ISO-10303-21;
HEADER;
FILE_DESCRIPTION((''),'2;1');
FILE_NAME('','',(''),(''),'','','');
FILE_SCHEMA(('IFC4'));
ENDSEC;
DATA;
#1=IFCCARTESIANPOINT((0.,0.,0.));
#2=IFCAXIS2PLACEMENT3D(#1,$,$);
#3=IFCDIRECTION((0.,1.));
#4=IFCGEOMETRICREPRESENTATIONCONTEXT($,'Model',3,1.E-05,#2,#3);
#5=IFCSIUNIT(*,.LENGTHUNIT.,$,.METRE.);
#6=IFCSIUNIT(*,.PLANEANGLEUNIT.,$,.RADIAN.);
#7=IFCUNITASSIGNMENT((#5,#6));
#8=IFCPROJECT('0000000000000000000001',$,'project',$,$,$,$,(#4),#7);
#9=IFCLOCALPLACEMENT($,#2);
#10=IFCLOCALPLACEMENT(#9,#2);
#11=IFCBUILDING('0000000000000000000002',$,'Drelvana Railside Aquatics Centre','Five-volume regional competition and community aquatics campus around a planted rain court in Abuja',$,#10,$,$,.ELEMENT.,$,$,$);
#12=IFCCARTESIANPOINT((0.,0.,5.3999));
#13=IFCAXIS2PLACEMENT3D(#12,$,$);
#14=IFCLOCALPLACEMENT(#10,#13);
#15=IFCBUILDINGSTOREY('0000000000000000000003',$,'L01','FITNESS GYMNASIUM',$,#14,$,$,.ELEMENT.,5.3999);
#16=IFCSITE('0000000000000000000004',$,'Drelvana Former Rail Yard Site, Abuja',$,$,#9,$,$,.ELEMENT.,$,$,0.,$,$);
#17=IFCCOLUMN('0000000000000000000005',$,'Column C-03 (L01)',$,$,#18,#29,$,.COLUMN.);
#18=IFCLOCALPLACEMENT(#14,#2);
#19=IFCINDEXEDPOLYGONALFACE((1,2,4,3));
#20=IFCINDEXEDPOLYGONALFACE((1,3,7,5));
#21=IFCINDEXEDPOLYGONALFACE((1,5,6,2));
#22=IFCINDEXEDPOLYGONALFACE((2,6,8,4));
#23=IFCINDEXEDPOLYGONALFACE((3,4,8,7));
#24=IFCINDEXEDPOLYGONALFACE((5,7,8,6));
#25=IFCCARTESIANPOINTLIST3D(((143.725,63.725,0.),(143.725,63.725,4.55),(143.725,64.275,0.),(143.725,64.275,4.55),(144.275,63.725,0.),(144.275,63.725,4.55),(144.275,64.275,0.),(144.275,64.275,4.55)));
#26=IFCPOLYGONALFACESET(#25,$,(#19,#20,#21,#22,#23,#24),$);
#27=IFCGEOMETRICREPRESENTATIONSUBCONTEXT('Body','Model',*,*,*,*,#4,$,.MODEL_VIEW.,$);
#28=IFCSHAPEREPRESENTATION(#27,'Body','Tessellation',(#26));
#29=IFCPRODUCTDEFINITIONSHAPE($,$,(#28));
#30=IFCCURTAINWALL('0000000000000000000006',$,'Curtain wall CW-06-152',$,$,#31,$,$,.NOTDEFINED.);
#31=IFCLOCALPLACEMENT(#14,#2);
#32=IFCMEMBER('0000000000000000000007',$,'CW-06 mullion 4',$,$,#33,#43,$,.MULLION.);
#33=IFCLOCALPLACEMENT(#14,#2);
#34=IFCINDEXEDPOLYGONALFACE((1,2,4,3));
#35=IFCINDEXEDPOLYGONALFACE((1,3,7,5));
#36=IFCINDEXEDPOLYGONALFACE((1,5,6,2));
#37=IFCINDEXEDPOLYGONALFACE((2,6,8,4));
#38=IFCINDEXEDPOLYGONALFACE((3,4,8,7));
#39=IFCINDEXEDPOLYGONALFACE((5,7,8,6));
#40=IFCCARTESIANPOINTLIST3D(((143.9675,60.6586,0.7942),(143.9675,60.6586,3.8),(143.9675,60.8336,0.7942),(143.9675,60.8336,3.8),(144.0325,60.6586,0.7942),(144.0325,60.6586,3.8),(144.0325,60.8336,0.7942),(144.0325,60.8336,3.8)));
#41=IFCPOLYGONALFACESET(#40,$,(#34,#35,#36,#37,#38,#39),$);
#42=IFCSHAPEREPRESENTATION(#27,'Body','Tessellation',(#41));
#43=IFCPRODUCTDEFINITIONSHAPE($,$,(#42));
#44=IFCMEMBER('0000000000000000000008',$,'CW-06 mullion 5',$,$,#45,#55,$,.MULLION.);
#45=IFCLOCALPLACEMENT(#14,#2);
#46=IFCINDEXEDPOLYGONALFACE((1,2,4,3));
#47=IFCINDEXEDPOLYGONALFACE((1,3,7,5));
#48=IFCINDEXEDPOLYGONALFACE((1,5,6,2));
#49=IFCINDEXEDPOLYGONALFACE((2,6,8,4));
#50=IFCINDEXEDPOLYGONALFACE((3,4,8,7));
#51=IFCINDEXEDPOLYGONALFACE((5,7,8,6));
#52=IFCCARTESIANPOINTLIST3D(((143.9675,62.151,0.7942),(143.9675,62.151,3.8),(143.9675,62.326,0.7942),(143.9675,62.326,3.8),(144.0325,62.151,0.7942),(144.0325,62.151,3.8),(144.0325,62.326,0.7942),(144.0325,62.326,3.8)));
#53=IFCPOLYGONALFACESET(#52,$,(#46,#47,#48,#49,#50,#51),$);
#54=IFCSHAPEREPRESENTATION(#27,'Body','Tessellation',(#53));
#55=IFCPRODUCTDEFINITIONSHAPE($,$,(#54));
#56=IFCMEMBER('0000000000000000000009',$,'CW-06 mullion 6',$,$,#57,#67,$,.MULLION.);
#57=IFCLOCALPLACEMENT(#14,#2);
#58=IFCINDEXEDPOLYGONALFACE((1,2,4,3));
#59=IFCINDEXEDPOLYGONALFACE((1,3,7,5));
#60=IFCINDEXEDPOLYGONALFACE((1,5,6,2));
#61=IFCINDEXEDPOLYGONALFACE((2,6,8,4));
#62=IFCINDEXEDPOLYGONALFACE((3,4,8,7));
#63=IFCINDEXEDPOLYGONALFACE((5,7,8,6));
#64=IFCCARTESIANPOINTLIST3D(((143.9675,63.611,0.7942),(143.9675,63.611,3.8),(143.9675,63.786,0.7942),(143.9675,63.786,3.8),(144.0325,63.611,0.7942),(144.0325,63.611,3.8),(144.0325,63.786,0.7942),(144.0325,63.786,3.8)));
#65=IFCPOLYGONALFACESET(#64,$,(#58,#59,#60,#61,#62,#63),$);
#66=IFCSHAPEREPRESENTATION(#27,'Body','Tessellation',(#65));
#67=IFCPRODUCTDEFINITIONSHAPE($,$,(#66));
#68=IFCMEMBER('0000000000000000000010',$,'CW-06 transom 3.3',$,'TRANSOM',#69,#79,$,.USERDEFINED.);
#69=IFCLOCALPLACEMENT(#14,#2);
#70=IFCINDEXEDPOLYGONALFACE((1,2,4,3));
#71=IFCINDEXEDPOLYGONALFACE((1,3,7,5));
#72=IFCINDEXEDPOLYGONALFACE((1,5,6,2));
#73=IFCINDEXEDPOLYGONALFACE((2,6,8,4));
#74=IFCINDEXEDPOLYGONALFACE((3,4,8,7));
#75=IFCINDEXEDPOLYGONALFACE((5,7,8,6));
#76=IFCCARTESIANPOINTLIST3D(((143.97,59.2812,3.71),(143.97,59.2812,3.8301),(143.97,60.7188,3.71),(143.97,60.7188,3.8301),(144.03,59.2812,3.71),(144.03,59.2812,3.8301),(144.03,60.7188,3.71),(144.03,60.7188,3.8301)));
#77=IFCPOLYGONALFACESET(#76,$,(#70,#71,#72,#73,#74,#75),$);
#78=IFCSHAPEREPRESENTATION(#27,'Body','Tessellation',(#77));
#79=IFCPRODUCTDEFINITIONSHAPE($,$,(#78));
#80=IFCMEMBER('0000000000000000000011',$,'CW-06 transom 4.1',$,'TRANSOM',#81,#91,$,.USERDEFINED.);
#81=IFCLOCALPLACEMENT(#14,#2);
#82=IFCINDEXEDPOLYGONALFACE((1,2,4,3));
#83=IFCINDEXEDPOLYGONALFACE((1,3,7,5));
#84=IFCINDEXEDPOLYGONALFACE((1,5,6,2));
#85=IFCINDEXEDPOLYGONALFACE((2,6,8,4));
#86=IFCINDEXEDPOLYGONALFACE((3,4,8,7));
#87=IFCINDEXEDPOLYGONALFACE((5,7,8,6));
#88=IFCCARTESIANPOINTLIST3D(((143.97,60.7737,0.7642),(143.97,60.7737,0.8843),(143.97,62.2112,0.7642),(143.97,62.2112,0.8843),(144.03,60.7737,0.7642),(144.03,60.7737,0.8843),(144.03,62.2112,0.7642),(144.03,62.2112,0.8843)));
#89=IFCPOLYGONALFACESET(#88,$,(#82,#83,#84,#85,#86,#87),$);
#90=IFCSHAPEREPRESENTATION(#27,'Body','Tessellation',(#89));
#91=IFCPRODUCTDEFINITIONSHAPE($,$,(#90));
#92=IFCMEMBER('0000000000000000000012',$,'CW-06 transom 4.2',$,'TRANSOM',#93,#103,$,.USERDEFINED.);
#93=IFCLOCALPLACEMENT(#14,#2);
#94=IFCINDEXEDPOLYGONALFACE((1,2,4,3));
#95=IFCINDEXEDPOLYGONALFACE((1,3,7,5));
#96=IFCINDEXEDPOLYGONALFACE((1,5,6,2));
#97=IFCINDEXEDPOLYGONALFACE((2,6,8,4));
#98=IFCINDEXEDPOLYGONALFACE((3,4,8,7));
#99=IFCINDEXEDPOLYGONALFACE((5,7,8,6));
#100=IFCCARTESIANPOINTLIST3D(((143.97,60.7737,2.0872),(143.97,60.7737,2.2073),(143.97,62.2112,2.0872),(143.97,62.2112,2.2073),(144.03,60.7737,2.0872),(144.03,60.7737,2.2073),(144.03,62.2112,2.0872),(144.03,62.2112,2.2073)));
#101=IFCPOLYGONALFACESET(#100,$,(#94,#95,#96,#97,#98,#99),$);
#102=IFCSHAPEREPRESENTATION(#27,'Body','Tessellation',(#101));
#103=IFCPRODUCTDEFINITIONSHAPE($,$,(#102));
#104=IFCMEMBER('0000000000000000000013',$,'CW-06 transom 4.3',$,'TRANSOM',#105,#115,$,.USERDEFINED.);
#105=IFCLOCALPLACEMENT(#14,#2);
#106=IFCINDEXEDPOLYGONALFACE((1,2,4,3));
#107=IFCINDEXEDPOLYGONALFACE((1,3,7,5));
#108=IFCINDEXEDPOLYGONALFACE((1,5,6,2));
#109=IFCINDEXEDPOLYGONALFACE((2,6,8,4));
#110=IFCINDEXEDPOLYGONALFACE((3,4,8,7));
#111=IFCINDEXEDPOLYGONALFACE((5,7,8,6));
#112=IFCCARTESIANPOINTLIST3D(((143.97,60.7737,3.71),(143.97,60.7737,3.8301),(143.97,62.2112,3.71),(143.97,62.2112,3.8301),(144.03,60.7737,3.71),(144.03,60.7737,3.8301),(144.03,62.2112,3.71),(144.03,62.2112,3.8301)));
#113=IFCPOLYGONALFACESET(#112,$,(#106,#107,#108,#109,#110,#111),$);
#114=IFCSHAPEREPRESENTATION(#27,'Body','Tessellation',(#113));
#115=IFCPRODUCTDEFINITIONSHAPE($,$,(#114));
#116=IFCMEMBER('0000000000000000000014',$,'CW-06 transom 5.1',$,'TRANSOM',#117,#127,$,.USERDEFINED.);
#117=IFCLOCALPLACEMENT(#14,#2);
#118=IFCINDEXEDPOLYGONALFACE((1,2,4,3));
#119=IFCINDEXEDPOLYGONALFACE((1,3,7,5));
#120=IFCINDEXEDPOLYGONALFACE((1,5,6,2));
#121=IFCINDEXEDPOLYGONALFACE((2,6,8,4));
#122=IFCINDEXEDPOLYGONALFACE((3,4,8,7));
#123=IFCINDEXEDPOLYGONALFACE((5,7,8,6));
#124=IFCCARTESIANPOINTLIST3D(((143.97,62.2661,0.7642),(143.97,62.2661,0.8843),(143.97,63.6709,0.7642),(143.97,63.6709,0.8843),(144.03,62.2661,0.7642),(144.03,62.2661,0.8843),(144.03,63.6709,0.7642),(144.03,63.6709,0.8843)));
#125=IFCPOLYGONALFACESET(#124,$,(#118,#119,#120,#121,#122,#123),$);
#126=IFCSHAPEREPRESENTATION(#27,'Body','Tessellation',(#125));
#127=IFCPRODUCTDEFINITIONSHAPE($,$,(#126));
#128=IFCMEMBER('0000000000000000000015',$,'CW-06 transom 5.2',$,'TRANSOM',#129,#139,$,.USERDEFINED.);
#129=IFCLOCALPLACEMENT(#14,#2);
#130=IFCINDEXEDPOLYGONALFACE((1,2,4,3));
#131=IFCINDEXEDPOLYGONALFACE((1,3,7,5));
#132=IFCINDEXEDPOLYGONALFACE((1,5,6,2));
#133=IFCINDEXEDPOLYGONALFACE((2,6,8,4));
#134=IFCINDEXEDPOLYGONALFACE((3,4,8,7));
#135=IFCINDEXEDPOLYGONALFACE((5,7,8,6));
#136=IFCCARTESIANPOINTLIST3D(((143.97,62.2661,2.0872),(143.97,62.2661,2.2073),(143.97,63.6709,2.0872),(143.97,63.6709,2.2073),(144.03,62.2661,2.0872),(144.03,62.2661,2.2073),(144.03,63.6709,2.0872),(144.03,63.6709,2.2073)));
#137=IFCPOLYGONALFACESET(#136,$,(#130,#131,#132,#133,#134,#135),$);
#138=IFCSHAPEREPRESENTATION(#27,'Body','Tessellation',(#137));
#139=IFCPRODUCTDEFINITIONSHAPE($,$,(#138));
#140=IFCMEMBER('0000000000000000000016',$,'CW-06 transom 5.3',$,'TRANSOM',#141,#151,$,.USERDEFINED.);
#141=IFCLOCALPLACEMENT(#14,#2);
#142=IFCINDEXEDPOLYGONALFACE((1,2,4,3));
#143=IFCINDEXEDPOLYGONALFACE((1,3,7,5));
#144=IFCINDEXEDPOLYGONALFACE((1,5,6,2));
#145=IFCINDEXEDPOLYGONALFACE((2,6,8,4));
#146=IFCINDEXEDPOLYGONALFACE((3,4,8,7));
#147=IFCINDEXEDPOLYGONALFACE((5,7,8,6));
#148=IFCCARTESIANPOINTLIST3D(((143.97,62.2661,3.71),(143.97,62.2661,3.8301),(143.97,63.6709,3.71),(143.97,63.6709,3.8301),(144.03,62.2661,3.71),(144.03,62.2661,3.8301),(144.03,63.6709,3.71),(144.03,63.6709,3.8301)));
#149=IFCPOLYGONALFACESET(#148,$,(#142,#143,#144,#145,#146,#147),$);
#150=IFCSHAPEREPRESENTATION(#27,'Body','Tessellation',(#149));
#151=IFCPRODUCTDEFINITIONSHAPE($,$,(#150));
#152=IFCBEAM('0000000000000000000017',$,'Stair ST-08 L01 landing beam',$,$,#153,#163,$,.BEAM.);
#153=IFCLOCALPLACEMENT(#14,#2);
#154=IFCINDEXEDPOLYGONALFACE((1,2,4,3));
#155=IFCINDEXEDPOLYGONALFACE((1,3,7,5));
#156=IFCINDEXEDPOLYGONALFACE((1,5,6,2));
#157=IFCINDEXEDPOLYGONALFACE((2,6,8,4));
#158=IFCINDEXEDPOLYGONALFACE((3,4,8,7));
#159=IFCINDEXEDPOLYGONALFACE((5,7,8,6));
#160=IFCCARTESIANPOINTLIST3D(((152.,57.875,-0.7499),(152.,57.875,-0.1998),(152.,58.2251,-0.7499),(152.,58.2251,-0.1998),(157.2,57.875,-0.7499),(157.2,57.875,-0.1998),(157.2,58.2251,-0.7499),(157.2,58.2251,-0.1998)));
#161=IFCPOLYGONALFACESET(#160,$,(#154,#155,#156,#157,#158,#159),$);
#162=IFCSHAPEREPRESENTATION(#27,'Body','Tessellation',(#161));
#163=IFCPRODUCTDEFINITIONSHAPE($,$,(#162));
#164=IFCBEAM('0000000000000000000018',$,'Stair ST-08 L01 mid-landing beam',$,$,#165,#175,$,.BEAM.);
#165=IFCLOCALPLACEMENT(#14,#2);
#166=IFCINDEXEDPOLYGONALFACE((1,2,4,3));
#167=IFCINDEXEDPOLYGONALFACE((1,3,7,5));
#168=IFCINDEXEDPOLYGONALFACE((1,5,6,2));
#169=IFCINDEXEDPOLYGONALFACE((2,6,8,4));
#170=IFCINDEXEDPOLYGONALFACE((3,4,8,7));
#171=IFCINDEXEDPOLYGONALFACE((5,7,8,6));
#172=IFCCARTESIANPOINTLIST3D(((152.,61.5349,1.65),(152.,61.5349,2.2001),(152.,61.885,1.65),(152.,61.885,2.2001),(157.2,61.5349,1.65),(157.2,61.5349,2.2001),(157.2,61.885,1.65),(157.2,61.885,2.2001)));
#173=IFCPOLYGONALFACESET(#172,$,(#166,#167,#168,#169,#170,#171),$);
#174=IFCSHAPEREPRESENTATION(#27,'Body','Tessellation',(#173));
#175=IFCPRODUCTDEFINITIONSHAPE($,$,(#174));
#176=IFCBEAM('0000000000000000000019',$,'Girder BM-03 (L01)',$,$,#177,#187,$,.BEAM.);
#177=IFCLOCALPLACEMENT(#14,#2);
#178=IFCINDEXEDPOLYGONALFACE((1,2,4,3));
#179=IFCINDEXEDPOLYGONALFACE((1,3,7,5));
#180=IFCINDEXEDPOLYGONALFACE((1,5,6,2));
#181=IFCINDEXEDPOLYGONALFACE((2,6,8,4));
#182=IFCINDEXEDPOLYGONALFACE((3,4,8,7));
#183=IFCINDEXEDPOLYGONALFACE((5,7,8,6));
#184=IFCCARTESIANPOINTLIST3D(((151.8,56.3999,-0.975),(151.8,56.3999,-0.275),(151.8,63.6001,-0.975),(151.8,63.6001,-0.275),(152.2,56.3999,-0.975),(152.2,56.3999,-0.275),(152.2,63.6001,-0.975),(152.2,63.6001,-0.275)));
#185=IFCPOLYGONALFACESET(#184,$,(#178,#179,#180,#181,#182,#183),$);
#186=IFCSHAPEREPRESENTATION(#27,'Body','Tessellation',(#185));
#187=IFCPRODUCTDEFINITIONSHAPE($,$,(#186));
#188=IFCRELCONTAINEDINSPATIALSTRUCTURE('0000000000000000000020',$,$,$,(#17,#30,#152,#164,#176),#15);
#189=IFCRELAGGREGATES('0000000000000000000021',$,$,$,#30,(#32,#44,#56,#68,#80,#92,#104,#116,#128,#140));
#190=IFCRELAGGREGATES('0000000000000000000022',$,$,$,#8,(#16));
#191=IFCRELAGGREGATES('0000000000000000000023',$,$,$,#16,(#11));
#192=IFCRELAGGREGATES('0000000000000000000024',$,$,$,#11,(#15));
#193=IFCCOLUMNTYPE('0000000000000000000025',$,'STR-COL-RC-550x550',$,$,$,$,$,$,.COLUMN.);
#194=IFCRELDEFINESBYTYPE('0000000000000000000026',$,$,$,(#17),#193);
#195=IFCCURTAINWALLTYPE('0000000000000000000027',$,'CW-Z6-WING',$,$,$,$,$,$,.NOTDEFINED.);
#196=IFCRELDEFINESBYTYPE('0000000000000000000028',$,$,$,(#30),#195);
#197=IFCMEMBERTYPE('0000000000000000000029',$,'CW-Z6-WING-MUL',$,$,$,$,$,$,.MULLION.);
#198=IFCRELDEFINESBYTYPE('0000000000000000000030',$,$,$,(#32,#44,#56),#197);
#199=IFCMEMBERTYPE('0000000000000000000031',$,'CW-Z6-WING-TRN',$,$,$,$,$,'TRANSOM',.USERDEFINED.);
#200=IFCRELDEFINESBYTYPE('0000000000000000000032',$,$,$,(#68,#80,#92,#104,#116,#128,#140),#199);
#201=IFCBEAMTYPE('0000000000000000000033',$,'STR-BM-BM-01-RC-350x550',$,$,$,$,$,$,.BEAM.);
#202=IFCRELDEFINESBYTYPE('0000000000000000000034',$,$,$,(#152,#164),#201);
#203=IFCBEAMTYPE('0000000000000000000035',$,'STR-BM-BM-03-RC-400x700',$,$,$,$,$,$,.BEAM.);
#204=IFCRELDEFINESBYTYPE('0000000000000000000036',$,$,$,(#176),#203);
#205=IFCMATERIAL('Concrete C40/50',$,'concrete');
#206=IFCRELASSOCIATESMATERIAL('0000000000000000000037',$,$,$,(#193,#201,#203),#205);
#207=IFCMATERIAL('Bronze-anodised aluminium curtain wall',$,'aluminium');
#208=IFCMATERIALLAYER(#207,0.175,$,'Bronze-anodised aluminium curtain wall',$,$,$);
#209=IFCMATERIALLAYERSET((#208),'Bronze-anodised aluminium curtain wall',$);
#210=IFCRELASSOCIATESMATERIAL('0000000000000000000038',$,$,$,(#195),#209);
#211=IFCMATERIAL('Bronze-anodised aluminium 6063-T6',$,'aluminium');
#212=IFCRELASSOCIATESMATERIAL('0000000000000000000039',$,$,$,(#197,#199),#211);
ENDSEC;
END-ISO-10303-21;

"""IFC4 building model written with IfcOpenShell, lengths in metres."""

from ifc_helpers import new_model, si_unit, direction, frame, origin, origin_2d, place, context, subcontext, project, spatial, rectangle, extrude, material, layer, layer_set, material_profile, profile_set, type_object, element, aggregate, save


model = new_model("IFC4")

# Units and contexts
model_context = context("Model", 3, precision=1e-05, world=origin(), true_north=direction((0.0, 1.0)))
body_context = subcontext(model_context, "Body", "Model", "MODEL_VIEW")
ifc_project = project(units=[si_unit("LENGTHUNIT", "METRE"), si_unit("PLANEANGLEUNIT", "RADIAN")], contexts=[model_context])

# Site, building, storey
site_placement = place(None, origin())
site = spatial("IfcSite", under=ifc_project, at=site_placement, Name="Drelvana Former Rail Yard Site, Abuja", CompositionType="ELEMENT", RefElevation=0.0)
building_placement = place(site_placement, origin())
building = spatial("IfcBuilding", under=site, at=building_placement, Name="Drelvana Railside Aquatics Centre", Description="Five-volume regional competition and community aquatics campus around a planted rain court in Abuja", CompositionType="ELEMENT")
storey_placement = place(building_placement, frame((0.0, 0.0, 5.3999)))
storey = spatial("IfcBuildingStorey", under=building, at=storey_placement, Name="L01", Description="FITNESS GYMNASIUM", CompositionType="ELEMENT", Elevation=5.3999)

# Column
ifc_material_1 = material(Name="Concrete C40/50", Category="concrete")
ifc_material_profile_1 = material_profile(ifc_material_1, rectangle(XDim=0.55, YDim=0.55, at=origin_2d()), Name="RC 550x550")
ifc_profile_set_1 = profile_set([ifc_material_profile_1], Name="Concrete C40/50")
column_type = type_object("IfcColumnType", Name="STR-COL-RC-550x550", PredefinedType="COLUMN", material=ifc_profile_set_1)
column_placement = place(storey_placement, frame((144.0, 64.0, 0.0), z_axis=(0.0, 0.0, 1.0), x_axis=(1.0, 0.0, 0.0)))
element("IfcColumn", 1, at=column_placement, inside=storey, type_object=column_type, Name="Column C-03 (L01)", PredefinedType="COLUMN", context=body_context, shape_type="SweptSolid", body=[
    extrude(rectangle(XDim=0.55, YDim=0.55, at=origin_2d()), origin(), (0.0, 0.0, 1.0), 4.55),
])

# Curtain wall, members
ifc_material_2 = material(Name="Bronze-anodised aluminium curtain wall", Category="aluminium")
ifc_layer_1 = layer(ifc_material_2, 0.175, Name="Bronze-anodised aluminium curtain wall")
ifc_layer_set_1 = layer_set([ifc_layer_1], Name="Bronze-anodised aluminium curtain wall")
curtain_wall_type = type_object("IfcCurtainWallType", Name="CW-Z6-WING", PredefinedType="NOTDEFINED", material=ifc_layer_set_1)
curtain_wall_placement = place(storey_placement, origin())
curtain_wall = element("IfcCurtainWall", 2, at=curtain_wall_placement, inside=storey, type_object=curtain_wall_type, Name="Curtain wall CW-06-152", PredefinedType="NOTDEFINED")
ifc_material_3 = material(Name="Bronze-anodised aluminium 6063-T6", Category="aluminium")
ifc_material_profile_2 = material_profile(ifc_material_3, rectangle(XDim=0.0649, YDim=0.175, at=origin_2d()), Name="ALU-M 65x175")
ifc_profile_set_2 = profile_set([ifc_material_profile_2], Name="Bronze-anodised aluminium 6063-T6")
member_type_1 = type_object("IfcMemberType", Name="CW-Z6-WING-MUL", PredefinedType="MULLION", material=ifc_profile_set_2)
member_1_placement = place(storey_placement, frame((144.0, 60.7461, 0.7942), z_axis=(0.0, 0.0, 1.0), x_axis=(-1.0, 0.0, 0.0)))
member_1 = element("IfcMember", 3, at=member_1_placement, type_object=member_type_1, Name="CW-06 mullion 4", PredefinedType="MULLION", context=body_context, shape_type="SweptSolid", body=[
    extrude(rectangle(XDim=0.0649, YDim=0.175, at=origin_2d()), origin(), (0.0, 0.0, 1.0), 3.0059),
])
member_2_placement = place(storey_placement, frame((144.0, 62.2385, 0.7942), z_axis=(0.0, 0.0, 1.0), x_axis=(-1.0, 0.0, 0.0)))
member_2 = element("IfcMember", 4, at=member_2_placement, type_object=member_type_1, Name="CW-06 mullion 5", PredefinedType="MULLION", context=body_context, shape_type="SweptSolid", body=[
    extrude(rectangle(XDim=0.0649, YDim=0.175, at=origin_2d()), origin(), (0.0, 0.0, 1.0), 3.0059),
])
member_3_placement = place(storey_placement, frame((144.0, 63.6985, 0.7942), z_axis=(0.0, 0.0, 1.0), x_axis=(-1.0, 0.0, 0.0)))
member_3 = element("IfcMember", 5, at=member_3_placement, type_object=member_type_1, Name="CW-06 mullion 6", PredefinedType="MULLION", context=body_context, shape_type="SweptSolid", body=[
    extrude(rectangle(XDim=0.0649, YDim=0.175, at=origin_2d()), origin(), (0.0, 0.0, 1.0), 3.0059),
])
ifc_material_profile_3 = material_profile(ifc_material_3, rectangle(XDim=0.1201, YDim=0.0601, at=origin_2d()), Name="ALU-T 60x120")
ifc_profile_set_3 = profile_set([ifc_material_profile_3], Name="Bronze-anodised aluminium 6063-T6")
member_type_2 = type_object("IfcMemberType", Name="CW-Z6-WING-TRN", ElementType="TRANSOM", PredefinedType="USERDEFINED", material=ifc_profile_set_3)
member_4_placement = place(storey_placement, frame((144.0, 59.2812, 3.77), z_axis=(0.0, 1.0, 0.0), x_axis=(0.0, 0.0, 1.0)))
member_4 = element("IfcMember", 6, at=member_4_placement, type_object=member_type_2, Name="CW-06 transom 3.3", ObjectType="TRANSOM", PredefinedType="USERDEFINED", context=body_context, shape_type="SweptSolid", body=[
    extrude(rectangle(XDim=0.1201, YDim=0.0601, at=origin_2d()), origin(), (0.0, 0.0, 1.0), 1.4375),
])
member_5_placement = place(storey_placement, frame((144.0, 60.7737, 0.8242), z_axis=(0.0, 1.0, 0.0), x_axis=(0.0, 0.0, 1.0)))
member_5 = element("IfcMember", 7, at=member_5_placement, type_object=member_type_2, Name="CW-06 transom 4.1", ObjectType="TRANSOM", PredefinedType="USERDEFINED", context=body_context, shape_type="SweptSolid", body=[
    extrude(rectangle(XDim=0.1201, YDim=0.0601, at=origin_2d()), origin(), (0.0, 0.0, 1.0), 1.4375),
])
member_6_placement = place(storey_placement, frame((144.0, 60.7737, 2.1472), z_axis=(0.0, 1.0, 0.0), x_axis=(0.0, 0.0, 1.0)))
member_6 = element("IfcMember", 8, at=member_6_placement, type_object=member_type_2, Name="CW-06 transom 4.2", ObjectType="TRANSOM", PredefinedType="USERDEFINED", context=body_context, shape_type="SweptSolid", body=[
    extrude(rectangle(XDim=0.1201, YDim=0.0601, at=origin_2d()), origin(), (0.0, 0.0, 1.0), 1.4375),
])
member_7_placement = place(storey_placement, frame((144.0, 60.7737, 3.77), z_axis=(0.0, 1.0, 0.0), x_axis=(0.0, 0.0, 1.0)))
member_7 = element("IfcMember", 9, at=member_7_placement, type_object=member_type_2, Name="CW-06 transom 4.3", ObjectType="TRANSOM", PredefinedType="USERDEFINED", context=body_context, shape_type="SweptSolid", body=[
    extrude(rectangle(XDim=0.1201, YDim=0.0601, at=origin_2d()), origin(), (0.0, 0.0, 1.0), 1.4375),
])
member_8_placement = place(storey_placement, frame((144.0, 62.2661, 0.8242), z_axis=(0.0, 1.0, 0.0), x_axis=(0.0, 0.0, 1.0)))
member_8 = element("IfcMember", 10, at=member_8_placement, type_object=member_type_2, Name="CW-06 transom 5.1", ObjectType="TRANSOM", PredefinedType="USERDEFINED", context=body_context, shape_type="SweptSolid", body=[
    extrude(rectangle(XDim=0.1201, YDim=0.0601, at=origin_2d()), origin(), (0.0, 0.0, 1.0), 1.4048),
])
member_9_placement = place(storey_placement, frame((144.0, 62.2661, 2.1472), z_axis=(0.0, 1.0, 0.0), x_axis=(0.0, 0.0, 1.0)))
member_9 = element("IfcMember", 11, at=member_9_placement, type_object=member_type_2, Name="CW-06 transom 5.2", ObjectType="TRANSOM", PredefinedType="USERDEFINED", context=body_context, shape_type="SweptSolid", body=[
    extrude(rectangle(XDim=0.1201, YDim=0.0601, at=origin_2d()), origin(), (0.0, 0.0, 1.0), 1.4048),
])
member_10_placement = place(storey_placement, frame((144.0, 62.2661, 3.77), z_axis=(0.0, 1.0, 0.0), x_axis=(0.0, 0.0, 1.0)))
member_10 = element("IfcMember", 12, at=member_10_placement, type_object=member_type_2, Name="CW-06 transom 5.3", ObjectType="TRANSOM", PredefinedType="USERDEFINED", context=body_context, shape_type="SweptSolid", body=[
    extrude(rectangle(XDim=0.1201, YDim=0.0601, at=origin_2d()), origin(), (0.0, 0.0, 1.0), 1.4048),
])

# Beams
ifc_material_profile_4 = material_profile(ifc_material_1, rectangle(XDim=0.3501, YDim=0.55, at=origin_2d()), Name="RC 350x550")
ifc_profile_set_4 = profile_set([ifc_material_profile_4], Name="Concrete C40/50")
beam_type_1 = type_object("IfcBeamType", Name="STR-BM-BM-01-RC-350x550", PredefinedType="BEAM", material=ifc_profile_set_4)
for number, where, z_axis, x_axis, name in (
    (13, (152.0, 58.05, -0.4749), (1.0, 0.0, 0.0), (0.0, 1.0, 0.0), "Stair ST-08 L01 landing beam"),
    (14, (152.0, 61.71, 1.925), (1.0, 0.0, 0.0), (0.0, 1.0, 0.0), "Stair ST-08 L01 mid-landing beam"),
):
    element("IfcBeam", number, at=place(storey_placement, frame(where, z_axis=z_axis, x_axis=x_axis)), inside=storey, type_object=beam_type_1, Name=name, PredefinedType="BEAM", context=body_context, shape_type="SweptSolid", body=[
        extrude(rectangle(XDim=0.3501, YDim=0.55, at=origin_2d()), origin(), (0.0, 0.0, 1.0), 5.2),
    ])
ifc_material_profile_5 = material_profile(ifc_material_1, rectangle(XDim=0.3999, YDim=0.7, at=origin_2d()), Name="RC 400x700")
ifc_profile_set_5 = profile_set([ifc_material_profile_5], Name="Concrete C40/50")
beam_type_2 = type_object("IfcBeamType", Name="STR-BM-BM-03-RC-400x700", PredefinedType="BEAM", material=ifc_profile_set_5)
beam_1_placement = place(storey_placement, frame((152.0, 56.3999, -0.625), z_axis=(0.0, 1.0, 0.0), x_axis=(-1.0, 0.0, 0.0)))
element("IfcBeam", 15, at=beam_1_placement, inside=storey, type_object=beam_type_2, Name="Girder BM-03 (L01)", PredefinedType="BEAM", context=body_context, shape_type="SweptSolid", body=[
    extrude(rectangle(XDim=0.3999, YDim=0.7, at=origin_2d()), origin(), (0.0, 0.0, 1.0), 7.2002),
])

aggregate(curtain_wall, [member_1, member_2, member_3, member_4, member_5, member_6, member_7, member_8, member_9, member_10])

save(model, "model.ifc")
